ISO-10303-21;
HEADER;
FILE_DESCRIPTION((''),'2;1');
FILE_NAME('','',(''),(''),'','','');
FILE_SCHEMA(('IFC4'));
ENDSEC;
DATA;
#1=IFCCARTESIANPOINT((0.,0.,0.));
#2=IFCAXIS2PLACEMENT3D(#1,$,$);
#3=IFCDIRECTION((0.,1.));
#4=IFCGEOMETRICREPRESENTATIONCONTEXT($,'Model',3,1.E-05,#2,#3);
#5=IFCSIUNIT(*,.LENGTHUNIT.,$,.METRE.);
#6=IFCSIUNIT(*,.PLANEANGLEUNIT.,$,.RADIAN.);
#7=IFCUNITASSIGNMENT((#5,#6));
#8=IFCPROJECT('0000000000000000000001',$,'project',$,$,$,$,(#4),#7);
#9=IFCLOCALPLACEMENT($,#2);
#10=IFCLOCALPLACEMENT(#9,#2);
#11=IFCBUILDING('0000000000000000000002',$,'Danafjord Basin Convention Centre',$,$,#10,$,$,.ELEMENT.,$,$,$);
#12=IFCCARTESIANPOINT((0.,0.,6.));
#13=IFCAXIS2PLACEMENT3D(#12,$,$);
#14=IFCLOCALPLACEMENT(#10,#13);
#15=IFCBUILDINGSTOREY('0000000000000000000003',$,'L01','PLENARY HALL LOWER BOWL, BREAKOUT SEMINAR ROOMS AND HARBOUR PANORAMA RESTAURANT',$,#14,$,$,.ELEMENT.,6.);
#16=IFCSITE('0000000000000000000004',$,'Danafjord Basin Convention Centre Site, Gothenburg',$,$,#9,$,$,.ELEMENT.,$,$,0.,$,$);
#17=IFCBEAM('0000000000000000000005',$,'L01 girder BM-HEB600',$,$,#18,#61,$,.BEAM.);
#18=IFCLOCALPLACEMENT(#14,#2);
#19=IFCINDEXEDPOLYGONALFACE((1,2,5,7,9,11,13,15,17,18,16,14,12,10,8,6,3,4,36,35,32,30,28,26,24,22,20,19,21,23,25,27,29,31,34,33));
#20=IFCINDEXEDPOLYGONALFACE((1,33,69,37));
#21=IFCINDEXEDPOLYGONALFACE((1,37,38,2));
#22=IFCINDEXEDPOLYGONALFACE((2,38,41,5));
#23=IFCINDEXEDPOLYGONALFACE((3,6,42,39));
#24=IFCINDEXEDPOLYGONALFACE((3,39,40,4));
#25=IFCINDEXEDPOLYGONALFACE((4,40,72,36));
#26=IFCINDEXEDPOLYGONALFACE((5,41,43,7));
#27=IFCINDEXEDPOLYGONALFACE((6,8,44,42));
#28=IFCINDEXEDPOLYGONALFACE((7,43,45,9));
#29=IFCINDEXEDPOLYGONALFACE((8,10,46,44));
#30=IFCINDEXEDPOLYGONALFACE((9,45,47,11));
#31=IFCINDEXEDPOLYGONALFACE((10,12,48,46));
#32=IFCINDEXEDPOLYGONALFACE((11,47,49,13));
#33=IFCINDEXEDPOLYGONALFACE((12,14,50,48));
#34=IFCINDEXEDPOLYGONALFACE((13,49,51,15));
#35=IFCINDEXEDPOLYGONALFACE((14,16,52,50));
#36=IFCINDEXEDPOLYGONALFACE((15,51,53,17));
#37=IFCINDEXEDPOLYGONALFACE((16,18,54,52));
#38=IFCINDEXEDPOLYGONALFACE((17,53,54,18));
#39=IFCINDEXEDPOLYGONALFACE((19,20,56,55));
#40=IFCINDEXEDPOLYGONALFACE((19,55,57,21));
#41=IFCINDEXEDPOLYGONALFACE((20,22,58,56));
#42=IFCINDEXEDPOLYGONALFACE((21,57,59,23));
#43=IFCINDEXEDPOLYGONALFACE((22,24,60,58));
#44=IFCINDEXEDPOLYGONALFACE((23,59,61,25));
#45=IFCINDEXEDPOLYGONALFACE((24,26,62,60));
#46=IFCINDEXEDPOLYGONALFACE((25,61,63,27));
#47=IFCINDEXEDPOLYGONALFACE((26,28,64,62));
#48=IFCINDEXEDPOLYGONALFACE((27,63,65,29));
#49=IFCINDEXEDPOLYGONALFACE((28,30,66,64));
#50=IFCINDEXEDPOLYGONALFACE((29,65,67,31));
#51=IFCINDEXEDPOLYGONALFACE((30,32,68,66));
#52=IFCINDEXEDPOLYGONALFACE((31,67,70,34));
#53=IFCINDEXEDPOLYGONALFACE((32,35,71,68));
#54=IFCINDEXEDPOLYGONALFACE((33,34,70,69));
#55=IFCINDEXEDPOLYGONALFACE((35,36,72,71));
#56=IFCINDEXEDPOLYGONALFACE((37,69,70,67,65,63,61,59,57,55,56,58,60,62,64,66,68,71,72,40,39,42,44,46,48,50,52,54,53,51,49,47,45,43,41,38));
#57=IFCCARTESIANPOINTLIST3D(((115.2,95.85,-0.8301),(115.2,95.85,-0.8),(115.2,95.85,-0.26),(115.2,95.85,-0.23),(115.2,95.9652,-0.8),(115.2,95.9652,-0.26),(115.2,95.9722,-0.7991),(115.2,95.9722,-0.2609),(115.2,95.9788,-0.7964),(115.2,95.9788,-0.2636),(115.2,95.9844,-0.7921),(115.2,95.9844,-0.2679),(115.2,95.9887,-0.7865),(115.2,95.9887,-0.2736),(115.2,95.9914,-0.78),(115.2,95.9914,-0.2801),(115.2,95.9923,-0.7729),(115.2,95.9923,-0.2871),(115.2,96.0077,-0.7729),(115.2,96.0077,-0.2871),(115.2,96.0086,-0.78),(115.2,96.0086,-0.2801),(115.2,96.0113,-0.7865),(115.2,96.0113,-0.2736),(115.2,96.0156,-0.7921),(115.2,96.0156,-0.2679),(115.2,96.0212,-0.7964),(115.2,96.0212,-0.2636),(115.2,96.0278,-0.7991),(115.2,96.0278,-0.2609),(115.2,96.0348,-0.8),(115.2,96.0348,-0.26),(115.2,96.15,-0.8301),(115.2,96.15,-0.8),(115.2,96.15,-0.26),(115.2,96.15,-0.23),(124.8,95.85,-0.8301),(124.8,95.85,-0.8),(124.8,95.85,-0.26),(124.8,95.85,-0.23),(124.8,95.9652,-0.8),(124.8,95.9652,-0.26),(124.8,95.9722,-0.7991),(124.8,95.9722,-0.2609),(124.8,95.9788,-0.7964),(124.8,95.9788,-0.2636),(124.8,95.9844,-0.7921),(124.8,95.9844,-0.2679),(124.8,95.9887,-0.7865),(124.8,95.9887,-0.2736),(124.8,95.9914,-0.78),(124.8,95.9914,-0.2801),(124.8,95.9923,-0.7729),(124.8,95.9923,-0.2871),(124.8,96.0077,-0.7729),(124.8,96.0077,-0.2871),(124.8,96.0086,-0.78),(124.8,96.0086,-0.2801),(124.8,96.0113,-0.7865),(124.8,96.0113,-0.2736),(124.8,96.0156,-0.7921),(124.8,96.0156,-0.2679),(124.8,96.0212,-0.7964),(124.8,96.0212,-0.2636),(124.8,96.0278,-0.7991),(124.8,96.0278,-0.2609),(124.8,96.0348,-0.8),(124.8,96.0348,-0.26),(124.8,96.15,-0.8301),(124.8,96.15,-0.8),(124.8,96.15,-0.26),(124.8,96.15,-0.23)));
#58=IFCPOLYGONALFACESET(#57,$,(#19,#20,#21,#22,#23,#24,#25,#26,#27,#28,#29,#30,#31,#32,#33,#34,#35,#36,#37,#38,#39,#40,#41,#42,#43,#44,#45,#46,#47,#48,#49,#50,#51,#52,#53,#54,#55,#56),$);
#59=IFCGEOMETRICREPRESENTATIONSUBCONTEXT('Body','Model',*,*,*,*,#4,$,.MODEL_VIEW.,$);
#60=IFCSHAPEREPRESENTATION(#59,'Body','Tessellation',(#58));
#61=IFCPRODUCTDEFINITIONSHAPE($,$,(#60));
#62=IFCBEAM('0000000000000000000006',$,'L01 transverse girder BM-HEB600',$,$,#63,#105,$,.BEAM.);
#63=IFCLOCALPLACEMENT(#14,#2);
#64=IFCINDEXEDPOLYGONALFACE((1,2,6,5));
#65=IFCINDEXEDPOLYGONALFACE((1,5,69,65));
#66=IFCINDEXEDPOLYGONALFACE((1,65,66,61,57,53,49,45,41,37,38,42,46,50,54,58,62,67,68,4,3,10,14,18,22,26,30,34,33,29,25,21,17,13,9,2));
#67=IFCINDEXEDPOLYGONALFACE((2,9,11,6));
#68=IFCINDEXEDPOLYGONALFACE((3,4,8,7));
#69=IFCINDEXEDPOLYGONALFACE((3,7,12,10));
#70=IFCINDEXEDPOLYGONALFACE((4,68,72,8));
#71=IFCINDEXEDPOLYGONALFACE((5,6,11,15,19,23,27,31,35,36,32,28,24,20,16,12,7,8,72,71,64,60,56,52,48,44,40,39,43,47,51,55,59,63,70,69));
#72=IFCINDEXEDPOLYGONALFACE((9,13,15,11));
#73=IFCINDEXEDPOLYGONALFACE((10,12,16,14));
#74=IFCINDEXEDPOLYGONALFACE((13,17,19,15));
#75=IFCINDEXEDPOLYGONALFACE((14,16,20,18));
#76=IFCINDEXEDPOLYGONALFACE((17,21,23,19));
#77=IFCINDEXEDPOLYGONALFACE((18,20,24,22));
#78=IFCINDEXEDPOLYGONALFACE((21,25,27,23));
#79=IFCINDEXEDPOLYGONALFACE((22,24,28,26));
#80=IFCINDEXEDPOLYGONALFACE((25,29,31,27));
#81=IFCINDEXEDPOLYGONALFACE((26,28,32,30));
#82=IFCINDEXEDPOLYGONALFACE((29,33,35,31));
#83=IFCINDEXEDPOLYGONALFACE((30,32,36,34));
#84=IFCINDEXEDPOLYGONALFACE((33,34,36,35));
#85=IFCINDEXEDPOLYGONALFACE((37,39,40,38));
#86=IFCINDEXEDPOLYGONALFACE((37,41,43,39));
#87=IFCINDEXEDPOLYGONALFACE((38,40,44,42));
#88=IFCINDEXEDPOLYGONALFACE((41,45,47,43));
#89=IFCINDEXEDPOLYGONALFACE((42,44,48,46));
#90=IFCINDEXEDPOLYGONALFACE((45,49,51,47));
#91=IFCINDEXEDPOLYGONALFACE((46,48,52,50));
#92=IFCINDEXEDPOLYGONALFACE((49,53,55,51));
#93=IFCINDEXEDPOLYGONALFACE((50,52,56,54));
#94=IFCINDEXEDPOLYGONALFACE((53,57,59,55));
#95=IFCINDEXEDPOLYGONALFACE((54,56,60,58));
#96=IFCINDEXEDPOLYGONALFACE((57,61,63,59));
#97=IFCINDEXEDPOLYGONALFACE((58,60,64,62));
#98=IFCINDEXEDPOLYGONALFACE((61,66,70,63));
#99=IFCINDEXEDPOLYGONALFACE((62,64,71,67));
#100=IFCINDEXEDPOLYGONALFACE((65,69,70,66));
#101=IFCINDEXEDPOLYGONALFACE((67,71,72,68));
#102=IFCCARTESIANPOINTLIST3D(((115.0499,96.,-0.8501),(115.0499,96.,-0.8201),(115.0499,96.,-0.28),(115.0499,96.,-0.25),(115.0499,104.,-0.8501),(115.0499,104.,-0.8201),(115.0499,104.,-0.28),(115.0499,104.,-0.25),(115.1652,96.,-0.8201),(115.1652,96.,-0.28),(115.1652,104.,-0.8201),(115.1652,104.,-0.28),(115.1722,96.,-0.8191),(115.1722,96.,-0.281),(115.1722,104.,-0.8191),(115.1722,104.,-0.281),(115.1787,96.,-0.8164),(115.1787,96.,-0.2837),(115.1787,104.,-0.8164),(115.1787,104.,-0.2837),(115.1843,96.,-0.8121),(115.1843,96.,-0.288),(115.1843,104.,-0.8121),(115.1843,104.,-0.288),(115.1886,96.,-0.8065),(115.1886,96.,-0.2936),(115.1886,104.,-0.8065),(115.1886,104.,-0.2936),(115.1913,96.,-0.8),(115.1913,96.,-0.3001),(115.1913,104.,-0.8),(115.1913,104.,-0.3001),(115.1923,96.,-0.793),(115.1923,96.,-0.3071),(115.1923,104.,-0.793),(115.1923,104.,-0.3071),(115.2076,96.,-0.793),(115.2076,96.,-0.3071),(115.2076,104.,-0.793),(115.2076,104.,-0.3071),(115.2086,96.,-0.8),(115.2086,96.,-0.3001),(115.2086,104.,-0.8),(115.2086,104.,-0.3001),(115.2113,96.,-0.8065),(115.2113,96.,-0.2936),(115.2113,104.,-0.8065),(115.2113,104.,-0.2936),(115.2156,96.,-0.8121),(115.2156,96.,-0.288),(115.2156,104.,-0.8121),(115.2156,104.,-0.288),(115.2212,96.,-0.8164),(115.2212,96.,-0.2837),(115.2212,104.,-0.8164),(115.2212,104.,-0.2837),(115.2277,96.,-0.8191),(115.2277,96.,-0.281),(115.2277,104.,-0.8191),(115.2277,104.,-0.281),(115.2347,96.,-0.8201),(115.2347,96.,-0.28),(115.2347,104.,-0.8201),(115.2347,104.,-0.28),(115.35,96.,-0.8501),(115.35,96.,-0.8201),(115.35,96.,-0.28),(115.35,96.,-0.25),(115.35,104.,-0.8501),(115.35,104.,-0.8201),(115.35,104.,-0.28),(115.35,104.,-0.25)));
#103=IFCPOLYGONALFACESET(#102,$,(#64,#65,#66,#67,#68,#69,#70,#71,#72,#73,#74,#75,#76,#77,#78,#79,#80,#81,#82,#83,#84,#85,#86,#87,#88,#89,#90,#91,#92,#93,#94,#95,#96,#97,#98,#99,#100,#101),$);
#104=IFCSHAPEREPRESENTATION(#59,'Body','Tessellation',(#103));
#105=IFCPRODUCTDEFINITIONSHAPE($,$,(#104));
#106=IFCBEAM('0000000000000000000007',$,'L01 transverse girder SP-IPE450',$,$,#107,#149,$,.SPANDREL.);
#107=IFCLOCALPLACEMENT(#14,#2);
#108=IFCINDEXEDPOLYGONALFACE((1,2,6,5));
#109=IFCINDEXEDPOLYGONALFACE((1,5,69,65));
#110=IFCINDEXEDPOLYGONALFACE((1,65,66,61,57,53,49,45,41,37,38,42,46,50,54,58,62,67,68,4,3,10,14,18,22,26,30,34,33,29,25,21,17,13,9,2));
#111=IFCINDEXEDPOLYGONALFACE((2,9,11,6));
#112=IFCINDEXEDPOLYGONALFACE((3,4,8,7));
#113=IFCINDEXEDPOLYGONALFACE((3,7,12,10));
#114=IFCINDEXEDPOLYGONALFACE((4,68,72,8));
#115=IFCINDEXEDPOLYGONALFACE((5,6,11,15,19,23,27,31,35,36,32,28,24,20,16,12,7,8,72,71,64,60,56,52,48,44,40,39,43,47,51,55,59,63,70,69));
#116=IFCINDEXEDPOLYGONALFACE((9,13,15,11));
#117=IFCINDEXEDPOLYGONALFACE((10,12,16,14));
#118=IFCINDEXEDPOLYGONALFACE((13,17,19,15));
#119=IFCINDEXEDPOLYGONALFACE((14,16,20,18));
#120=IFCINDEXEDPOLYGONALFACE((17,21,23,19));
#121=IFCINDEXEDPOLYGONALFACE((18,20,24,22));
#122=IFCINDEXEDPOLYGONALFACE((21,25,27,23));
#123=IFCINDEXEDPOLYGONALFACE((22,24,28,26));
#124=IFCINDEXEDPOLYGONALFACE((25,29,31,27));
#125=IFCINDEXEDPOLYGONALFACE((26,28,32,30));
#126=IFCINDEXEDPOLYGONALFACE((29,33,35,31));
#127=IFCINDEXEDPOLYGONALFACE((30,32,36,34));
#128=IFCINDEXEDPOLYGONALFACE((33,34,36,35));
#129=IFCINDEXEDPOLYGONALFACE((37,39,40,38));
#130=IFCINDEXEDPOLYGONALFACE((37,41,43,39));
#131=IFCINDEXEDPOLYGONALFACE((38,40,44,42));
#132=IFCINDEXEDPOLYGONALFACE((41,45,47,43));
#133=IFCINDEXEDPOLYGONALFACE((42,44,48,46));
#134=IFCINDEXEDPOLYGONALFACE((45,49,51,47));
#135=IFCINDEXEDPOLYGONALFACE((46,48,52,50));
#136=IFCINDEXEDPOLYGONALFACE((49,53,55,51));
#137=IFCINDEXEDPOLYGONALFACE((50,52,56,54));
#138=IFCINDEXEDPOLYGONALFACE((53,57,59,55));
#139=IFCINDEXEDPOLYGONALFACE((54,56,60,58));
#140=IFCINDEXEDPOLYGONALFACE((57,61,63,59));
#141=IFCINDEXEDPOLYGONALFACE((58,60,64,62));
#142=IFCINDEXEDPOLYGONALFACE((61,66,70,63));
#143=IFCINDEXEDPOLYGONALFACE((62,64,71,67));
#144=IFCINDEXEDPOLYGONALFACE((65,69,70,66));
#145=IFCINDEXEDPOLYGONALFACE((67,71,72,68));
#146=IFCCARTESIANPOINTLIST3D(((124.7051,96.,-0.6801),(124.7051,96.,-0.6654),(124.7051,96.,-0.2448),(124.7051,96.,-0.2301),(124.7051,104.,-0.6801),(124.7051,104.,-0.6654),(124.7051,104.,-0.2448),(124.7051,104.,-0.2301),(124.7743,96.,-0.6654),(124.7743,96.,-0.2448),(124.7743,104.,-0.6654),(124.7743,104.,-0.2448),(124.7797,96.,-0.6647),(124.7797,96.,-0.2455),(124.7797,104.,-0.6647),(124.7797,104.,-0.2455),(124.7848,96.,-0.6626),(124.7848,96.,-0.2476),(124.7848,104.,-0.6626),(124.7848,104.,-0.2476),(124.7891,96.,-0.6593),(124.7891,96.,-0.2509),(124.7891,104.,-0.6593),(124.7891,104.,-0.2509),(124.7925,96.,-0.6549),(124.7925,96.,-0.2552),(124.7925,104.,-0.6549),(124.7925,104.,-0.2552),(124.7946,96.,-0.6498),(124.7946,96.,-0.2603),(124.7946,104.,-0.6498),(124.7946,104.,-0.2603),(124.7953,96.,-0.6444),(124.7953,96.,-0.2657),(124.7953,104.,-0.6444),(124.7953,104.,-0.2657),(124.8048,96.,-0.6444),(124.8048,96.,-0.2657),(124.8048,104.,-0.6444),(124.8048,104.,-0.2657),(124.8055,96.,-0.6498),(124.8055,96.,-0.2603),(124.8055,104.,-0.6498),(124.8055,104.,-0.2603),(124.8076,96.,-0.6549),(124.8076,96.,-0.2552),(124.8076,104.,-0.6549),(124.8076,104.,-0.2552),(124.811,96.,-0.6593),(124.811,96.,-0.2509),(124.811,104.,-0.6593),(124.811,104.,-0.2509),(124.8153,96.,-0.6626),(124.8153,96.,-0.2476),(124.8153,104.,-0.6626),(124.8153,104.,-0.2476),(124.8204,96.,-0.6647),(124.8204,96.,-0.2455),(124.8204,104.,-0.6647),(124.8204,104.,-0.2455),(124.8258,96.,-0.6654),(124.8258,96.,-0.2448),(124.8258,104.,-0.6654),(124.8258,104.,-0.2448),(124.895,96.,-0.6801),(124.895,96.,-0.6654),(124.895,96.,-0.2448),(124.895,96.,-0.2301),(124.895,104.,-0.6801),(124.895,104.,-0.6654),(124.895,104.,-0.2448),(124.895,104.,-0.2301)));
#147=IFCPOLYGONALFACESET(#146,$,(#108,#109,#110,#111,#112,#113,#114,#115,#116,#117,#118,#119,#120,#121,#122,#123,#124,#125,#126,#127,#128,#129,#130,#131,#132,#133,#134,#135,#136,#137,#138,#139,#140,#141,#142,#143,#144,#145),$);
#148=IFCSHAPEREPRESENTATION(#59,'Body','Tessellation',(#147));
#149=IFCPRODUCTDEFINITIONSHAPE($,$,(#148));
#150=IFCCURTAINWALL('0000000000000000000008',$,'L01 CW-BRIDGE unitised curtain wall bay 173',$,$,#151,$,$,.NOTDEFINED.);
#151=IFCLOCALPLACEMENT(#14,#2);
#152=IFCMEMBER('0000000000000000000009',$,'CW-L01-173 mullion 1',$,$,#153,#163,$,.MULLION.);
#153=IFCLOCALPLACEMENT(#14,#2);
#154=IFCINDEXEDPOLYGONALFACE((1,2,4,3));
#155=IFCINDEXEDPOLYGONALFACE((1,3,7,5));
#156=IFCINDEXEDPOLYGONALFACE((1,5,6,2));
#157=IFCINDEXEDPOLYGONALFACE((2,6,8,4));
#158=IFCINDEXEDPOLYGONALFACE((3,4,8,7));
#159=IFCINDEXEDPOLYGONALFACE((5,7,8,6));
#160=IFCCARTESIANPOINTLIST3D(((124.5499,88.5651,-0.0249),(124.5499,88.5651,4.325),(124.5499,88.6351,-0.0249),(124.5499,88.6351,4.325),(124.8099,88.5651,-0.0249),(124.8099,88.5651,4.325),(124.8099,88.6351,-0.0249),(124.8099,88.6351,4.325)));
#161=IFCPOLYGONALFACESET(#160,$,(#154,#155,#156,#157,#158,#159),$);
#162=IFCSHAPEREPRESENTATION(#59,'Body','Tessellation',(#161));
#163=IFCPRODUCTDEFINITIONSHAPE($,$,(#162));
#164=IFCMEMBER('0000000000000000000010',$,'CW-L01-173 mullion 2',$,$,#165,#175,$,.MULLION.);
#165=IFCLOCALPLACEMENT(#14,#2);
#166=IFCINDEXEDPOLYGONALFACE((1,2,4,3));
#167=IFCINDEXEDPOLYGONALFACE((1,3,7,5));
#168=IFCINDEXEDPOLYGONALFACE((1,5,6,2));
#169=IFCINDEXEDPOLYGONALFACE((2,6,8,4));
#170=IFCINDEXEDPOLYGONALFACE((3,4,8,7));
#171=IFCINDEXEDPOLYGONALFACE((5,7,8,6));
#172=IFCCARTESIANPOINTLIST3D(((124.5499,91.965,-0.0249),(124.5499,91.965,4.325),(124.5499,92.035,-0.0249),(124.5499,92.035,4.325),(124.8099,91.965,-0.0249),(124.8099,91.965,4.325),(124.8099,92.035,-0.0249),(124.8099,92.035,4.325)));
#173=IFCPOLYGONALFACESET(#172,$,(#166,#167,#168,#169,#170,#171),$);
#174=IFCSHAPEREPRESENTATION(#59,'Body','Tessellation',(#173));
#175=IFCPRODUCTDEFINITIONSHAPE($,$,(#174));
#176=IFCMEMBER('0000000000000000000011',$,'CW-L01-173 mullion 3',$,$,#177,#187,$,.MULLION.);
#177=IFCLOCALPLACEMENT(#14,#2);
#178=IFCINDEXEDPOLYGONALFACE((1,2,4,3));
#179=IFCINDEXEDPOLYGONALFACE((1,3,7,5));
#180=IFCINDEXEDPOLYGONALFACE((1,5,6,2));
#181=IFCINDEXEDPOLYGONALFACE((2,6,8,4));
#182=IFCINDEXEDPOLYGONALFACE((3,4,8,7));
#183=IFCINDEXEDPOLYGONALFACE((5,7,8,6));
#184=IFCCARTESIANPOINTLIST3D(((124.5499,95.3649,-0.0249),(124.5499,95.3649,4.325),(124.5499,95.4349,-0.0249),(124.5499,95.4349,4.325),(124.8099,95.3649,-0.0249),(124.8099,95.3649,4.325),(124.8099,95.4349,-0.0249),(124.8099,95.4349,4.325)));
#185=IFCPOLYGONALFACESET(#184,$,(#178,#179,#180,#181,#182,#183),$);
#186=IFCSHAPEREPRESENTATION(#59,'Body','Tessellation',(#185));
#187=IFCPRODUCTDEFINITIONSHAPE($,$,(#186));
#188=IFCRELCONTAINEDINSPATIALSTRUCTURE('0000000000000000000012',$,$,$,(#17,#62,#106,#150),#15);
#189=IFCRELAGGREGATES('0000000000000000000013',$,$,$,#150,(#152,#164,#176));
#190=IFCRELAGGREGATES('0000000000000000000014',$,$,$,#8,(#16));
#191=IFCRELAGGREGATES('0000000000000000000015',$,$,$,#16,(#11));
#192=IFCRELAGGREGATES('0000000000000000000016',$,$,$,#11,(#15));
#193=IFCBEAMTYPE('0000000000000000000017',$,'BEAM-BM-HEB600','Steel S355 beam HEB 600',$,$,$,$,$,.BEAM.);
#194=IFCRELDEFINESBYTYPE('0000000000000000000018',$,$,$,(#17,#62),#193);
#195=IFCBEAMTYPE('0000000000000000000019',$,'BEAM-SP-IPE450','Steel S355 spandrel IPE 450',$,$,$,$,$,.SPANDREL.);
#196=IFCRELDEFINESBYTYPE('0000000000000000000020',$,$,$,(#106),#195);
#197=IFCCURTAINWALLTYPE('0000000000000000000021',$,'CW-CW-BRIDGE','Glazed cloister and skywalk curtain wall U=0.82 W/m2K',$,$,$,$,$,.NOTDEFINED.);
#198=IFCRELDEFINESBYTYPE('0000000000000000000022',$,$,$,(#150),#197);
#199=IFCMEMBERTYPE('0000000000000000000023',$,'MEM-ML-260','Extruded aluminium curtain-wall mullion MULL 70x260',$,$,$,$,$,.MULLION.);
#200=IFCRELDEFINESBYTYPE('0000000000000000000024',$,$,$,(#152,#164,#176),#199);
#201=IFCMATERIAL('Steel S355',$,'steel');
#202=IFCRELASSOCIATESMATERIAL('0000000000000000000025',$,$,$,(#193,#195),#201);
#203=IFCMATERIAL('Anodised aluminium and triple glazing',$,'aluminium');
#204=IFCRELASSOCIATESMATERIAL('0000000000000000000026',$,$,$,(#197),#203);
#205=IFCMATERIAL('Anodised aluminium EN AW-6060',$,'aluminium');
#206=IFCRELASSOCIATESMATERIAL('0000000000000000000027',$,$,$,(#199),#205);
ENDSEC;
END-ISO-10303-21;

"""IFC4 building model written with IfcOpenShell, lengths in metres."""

from ifc_helpers import new_model, si_unit, direction, frame, origin, origin_2d, place, context, subcontext, project, spatial, rectangle, i_section, extrude, material, material_profile, profile_set, type_object, element, aggregate, save


model = new_model("IFC4")

# Units and contexts
model_context = context("Model", 3, precision=1e-05, world=origin(), true_north=direction((0.0, 1.0)))
body_context = subcontext(model_context, "Body", "Model", "MODEL_VIEW")
ifc_project = project(units=[si_unit("LENGTHUNIT", "METRE"), si_unit("PLANEANGLEUNIT", "RADIAN")], contexts=[model_context])

# Site, building, storey
site_placement = place(None, origin())
site = spatial("IfcSite", under=ifc_project, at=site_placement, Name="Danafjord Basin Convention Centre Site, Gothenburg", CompositionType="ELEMENT", RefElevation=0.0)
building_placement = place(site_placement, origin())
building = spatial("IfcBuilding", under=site, at=building_placement, Name="Danafjord Basin Convention Centre", CompositionType="ELEMENT")
storey_placement = place(building_placement, frame((0.0, 0.0, 6.0)))
storey = spatial("IfcBuildingStorey", under=building, at=storey_placement, Name="L01", Description="PLENARY HALL LOWER BOWL, BREAKOUT SEMINAR ROOMS AND HARBOUR PANORAMA RESTAURANT", CompositionType="ELEMENT", Elevation=6.0)

# Shared definitions
ifc_material_1 = material(Name="Steel S355", Category="steel")

# Beams
ifc_material_profile_1 = material_profile(ifc_material_1, i_section(OverallWidth=0.3, OverallDepth=0.6001, WebThickness=0.0154, FlangeThickness=0.03, FilletRadius=0.0271, at=origin_2d()), Name="HEB 600")
ifc_profile_set_1 = profile_set([ifc_material_profile_1], Name="Steel S355")
beam_type_1 = type_object("IfcBeamType", Name="BEAM-BM-HEB600", Description="Steel S355 beam HEB 600", PredefinedType="BEAM", material=ifc_profile_set_1)
beam_1_placement = place(storey_placement, frame((115.2, 96.0, -0.53), z_axis=(1.0, 0.0, 0.0), x_axis=(0.0, 1.0, 0.0)))
element("IfcBeam", 1, at=beam_1_placement, inside=storey, type_object=beam_type_1, Name="L01 girder BM-HEB600", PredefinedType="BEAM", context=body_context, shape_type="SweptSolid", body=[
    extrude(i_section(OverallWidth=0.3, OverallDepth=0.6001, WebThickness=0.0154, FlangeThickness=0.03, FilletRadius=0.0271, at=origin_2d()), origin(), (0.0, 0.0, 1.0), 9.6001),
])
beam_2_placement = place(storey_placement, frame((115.2, 96.0, -0.55), z_axis=(0.0, 1.0, 0.0), x_axis=(-1.0, 0.0, 0.0)))
element("IfcBeam", 2, at=beam_2_placement, inside=storey, type_object=beam_type_1, Name="L01 transverse girder BM-HEB600", PredefinedType="BEAM", context=body_context, shape_type="SweptSolid", body=[
    extrude(i_section(OverallWidth=0.3, OverallDepth=0.6001, WebThickness=0.0154, FlangeThickness=0.03, FilletRadius=0.0271, at=origin_2d()), origin(), (0.0, 0.0, 1.0), 8.0),
])
ifc_material_profile_2 = material_profile(ifc_material_1, i_section(OverallWidth=0.1899, OverallDepth=0.45, WebThickness=0.0095, FlangeThickness=0.0146, FilletRadius=0.021, at=origin_2d()), Name="IPE 450")
ifc_profile_set_2 = profile_set([ifc_material_profile_2], Name="Steel S355")
beam_type_2 = type_object("IfcBeamType", Name="BEAM-SP-IPE450", Description="Steel S355 spandrel IPE 450", PredefinedType="SPANDREL", material=ifc_profile_set_2)
beam_3_placement = place(storey_placement, frame((124.8, 96.0, -0.4551), z_axis=(0.0, 1.0, 0.0), x_axis=(-1.0, 0.0, 0.0)))
element("IfcBeam", 3, at=beam_3_placement, inside=storey, type_object=beam_type_2, Name="L01 transverse girder SP-IPE450", PredefinedType="SPANDREL", context=body_context, shape_type="SweptSolid", body=[
    extrude(i_section(OverallWidth=0.1899, OverallDepth=0.45, WebThickness=0.0095, FlangeThickness=0.0146, FilletRadius=0.021, at=origin_2d()), origin(), (0.0, 0.0, 1.0), 8.0),
])

# Curtain wall, members
ifc_material_2 = material(Name="Anodised aluminium and triple glazing", Category="aluminium")
curtain_wall_type = type_object("IfcCurtainWallType", Name="CW-CW-BRIDGE", Description="Glazed cloister and skywalk curtain wall U=0.82 W/m2K", PredefinedType="NOTDEFINED", material=ifc_material_2)
curtain_wall_1_placement = place(storey_placement, origin())
curtain_wall_1 = element("IfcCurtainWall", 4, at=curtain_wall_1_placement, inside=storey, type_object=curtain_wall_type, Name="L01 CW-BRIDGE unitised curtain wall bay 173", PredefinedType="NOTDEFINED")
ifc_material_3 = material(Name="Anodised aluminium EN AW-6060", Category="aluminium")
ifc_material_profile_3 = material_profile(ifc_material_3, rectangle(XDim=0.0701, YDim=0.26, at=origin_2d()), Name="MULL 70x260")
ifc_profile_set_3 = profile_set([ifc_material_profile_3], Name="Anodised aluminium EN AW-6060")
member_type_1 = type_object("IfcMemberType", Name="MEM-ML-260", Description="Extruded aluminium curtain-wall mullion MULL 70x260", PredefinedType="MULLION", material=ifc_profile_set_3)
member_1_placement = place(storey_placement, frame((124.6799, 88.6001, -0.0249), z_axis=(0.0, 0.0, 1.0), x_axis=(0.0, 1.0, 0.0)))
member_1 = element("IfcMember", 5, at=member_1_placement, type_object=member_type_1, Name="CW-L01-173 mullion 1", PredefinedType="MULLION", context=body_context, shape_type="SweptSolid", body=[
    extrude(rectangle(XDim=0.0701, YDim=0.26, at=origin_2d()), origin(), (0.0, 0.0, 1.0), 4.3499),
])
member_2_placement = place(storey_placement, frame((124.6799, 92.0, -0.0249), z_axis=(0.0, 0.0, 1.0), x_axis=(0.0, 1.0, 0.0)))
member_2 = element("IfcMember", 6, at=member_2_placement, type_object=member_type_1, Name="CW-L01-173 mullion 2", PredefinedType="MULLION", context=body_context, shape_type="SweptSolid", body=[
    extrude(rectangle(XDim=0.0701, YDim=0.26, at=origin_2d()), origin(), (0.0, 0.0, 1.0), 4.3499),
])
member_3_placement = place(storey_placement, frame((124.6799, 95.3999, -0.0249), z_axis=(0.0, 0.0, 1.0), x_axis=(0.0, 1.0, 0.0)))
member_3 = element("IfcMember", 7, at=member_3_placement, type_object=member_type_1, Name="CW-L01-173 mullion 3", PredefinedType="MULLION", context=body_context, shape_type="SweptSolid", body=[
    extrude(rectangle(XDim=0.0701, YDim=0.26, at=origin_2d()), origin(), (0.0, 0.0, 1.0), 4.3499),
])

aggregate(curtain_wall_1, [member_1, member_2, member_3])

save(model, "model.ifc")
